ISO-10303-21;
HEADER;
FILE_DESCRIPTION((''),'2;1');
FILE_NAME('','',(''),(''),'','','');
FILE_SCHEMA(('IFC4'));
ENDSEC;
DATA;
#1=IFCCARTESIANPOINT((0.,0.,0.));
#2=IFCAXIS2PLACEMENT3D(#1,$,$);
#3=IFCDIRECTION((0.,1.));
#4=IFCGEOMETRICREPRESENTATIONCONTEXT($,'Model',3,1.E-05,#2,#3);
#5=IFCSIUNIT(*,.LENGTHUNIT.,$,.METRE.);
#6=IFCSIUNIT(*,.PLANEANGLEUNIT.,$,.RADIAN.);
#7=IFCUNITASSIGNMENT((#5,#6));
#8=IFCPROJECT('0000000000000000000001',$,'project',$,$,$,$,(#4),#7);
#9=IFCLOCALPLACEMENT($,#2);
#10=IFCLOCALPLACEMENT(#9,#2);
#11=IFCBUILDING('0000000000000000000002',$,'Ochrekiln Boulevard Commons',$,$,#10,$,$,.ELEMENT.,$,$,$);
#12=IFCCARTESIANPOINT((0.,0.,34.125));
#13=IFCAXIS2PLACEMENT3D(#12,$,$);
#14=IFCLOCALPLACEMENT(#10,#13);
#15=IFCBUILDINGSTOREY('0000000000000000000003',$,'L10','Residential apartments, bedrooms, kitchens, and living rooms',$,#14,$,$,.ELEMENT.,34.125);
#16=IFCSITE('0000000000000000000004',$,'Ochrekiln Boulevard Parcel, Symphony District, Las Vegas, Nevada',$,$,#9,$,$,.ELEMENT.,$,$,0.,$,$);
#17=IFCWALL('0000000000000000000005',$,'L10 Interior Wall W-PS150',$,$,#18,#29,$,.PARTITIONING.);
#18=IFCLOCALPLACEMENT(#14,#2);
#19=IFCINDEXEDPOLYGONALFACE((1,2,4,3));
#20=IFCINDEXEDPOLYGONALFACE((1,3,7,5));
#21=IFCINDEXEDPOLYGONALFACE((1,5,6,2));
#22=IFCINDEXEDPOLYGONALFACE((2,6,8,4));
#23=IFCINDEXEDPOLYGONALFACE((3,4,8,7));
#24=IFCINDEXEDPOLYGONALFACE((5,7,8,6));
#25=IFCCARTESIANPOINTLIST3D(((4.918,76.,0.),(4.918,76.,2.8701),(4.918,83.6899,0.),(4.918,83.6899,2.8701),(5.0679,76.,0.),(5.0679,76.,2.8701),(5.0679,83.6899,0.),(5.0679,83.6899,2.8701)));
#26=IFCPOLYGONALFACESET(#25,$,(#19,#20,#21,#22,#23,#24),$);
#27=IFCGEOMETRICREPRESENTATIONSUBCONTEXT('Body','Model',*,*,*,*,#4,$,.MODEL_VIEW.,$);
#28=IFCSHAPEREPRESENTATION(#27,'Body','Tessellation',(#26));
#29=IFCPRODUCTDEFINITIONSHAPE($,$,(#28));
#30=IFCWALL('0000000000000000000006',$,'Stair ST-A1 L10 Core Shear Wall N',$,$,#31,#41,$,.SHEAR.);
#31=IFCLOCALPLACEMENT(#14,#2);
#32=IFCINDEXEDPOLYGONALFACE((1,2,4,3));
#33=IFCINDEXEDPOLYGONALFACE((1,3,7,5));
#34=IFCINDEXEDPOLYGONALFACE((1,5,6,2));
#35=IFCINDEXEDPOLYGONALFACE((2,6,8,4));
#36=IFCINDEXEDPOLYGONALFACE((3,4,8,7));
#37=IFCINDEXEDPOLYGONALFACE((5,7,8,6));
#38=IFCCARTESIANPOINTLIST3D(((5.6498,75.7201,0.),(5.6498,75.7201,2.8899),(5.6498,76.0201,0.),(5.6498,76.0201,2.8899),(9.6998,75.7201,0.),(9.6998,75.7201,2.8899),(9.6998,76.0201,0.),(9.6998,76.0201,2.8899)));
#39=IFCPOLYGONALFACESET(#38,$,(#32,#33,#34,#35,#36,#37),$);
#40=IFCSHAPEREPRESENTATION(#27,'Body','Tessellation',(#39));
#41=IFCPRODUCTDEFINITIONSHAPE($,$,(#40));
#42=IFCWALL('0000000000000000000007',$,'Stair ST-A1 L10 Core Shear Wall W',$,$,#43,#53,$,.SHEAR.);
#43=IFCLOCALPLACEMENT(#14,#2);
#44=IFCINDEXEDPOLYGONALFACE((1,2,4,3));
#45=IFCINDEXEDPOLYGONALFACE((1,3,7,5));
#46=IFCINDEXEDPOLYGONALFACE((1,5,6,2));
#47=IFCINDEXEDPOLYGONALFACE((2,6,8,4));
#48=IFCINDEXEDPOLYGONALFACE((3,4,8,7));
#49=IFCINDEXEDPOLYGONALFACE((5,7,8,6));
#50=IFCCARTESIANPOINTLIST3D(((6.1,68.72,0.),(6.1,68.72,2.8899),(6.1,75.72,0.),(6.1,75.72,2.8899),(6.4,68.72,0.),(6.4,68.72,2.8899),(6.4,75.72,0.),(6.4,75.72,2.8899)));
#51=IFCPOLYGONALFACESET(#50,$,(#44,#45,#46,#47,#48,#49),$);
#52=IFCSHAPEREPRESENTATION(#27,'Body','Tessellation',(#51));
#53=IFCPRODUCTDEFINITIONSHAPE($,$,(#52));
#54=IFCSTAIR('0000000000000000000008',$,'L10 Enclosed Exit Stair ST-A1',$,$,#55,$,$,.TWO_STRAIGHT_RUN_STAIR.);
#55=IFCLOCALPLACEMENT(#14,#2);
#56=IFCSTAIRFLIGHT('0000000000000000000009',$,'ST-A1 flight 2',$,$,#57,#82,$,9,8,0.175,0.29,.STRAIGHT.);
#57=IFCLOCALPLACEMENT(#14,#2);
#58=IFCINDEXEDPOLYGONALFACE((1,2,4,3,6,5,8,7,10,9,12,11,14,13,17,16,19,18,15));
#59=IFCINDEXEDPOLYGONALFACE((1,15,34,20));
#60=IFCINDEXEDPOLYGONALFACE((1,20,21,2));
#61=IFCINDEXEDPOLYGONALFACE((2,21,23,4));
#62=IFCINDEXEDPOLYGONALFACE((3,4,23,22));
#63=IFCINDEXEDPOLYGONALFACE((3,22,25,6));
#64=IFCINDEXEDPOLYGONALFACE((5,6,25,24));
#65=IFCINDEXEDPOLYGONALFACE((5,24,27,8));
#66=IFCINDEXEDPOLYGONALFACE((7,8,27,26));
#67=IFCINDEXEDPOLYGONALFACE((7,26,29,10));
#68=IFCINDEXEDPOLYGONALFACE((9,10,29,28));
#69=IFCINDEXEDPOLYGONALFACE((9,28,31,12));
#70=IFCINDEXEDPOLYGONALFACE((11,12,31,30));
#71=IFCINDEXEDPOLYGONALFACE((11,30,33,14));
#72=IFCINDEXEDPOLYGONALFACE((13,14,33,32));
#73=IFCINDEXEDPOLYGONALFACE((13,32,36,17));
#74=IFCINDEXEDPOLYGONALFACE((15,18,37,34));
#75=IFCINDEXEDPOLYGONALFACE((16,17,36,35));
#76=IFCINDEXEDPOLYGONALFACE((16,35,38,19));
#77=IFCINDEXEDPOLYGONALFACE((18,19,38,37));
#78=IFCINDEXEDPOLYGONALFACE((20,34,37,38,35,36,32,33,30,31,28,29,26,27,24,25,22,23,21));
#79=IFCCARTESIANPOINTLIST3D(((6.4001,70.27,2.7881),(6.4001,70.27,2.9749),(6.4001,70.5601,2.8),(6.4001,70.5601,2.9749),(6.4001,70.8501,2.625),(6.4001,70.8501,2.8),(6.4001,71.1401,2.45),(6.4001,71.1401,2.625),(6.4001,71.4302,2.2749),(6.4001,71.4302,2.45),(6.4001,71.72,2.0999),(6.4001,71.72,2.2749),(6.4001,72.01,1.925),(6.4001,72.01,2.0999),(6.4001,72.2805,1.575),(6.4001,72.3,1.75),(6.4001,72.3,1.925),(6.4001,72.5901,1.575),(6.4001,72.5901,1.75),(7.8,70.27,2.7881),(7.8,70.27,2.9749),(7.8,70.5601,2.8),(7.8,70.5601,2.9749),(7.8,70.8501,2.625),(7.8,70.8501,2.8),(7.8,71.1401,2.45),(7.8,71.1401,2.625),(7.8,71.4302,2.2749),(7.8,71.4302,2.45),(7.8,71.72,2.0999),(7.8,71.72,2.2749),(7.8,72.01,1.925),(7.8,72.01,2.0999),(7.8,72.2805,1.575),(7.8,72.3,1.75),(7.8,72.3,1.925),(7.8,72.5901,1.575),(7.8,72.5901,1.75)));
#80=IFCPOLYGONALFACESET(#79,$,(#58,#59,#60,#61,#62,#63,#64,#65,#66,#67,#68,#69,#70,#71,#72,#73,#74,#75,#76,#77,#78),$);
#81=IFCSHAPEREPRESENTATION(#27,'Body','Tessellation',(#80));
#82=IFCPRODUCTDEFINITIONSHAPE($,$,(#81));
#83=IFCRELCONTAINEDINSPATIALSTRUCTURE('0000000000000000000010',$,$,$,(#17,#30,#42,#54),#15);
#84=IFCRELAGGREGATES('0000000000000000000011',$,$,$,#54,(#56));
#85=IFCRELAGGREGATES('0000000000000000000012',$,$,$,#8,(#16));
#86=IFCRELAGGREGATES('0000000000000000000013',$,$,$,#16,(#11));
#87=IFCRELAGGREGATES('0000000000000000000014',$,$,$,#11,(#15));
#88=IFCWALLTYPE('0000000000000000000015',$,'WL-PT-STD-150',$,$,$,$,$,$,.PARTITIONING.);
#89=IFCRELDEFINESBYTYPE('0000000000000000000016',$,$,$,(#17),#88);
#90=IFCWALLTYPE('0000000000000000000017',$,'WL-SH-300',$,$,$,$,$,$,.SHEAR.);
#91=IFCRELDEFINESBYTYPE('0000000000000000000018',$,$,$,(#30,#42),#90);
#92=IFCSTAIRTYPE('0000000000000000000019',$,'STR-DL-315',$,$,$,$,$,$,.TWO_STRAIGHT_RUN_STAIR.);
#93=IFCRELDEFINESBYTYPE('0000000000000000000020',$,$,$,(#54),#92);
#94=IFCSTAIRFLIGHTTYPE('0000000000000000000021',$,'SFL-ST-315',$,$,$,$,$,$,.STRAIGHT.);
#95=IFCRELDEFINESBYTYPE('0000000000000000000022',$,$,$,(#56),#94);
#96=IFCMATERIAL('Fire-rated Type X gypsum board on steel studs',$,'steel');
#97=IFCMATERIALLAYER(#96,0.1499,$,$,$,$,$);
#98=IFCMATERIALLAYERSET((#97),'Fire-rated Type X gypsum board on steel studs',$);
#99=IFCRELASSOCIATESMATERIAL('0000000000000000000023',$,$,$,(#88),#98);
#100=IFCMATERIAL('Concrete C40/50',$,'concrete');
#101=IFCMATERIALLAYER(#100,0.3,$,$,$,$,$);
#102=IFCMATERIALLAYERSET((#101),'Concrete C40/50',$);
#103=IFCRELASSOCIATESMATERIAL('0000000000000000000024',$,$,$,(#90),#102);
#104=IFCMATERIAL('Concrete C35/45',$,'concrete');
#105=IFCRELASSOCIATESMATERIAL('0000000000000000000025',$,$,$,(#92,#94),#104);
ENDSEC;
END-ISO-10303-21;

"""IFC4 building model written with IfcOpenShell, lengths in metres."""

from ifc_helpers import new_model, si_unit, direction, frame, frame_2d, origin, place, context, subcontext, project, spatial, polyline, rectangle, outline, extrude, material, layer, layer_set, type_object, element, aggregate, save


model = new_model("IFC4")

# Units and contexts
model_context = context("Model", 3, precision=1e-05, world=origin(), true_north=direction((0.0, 1.0)))
body_context = subcontext(model_context, "Body", "Model", "MODEL_VIEW")
ifc_project = project(units=[si_unit("LENGTHUNIT", "METRE"), si_unit("PLANEANGLEUNIT", "RADIAN")], contexts=[model_context])

# Site, building, storey
site_placement = place(None, origin())
site = spatial("IfcSite", under=ifc_project, at=site_placement, Name="Ochrekiln Boulevard Parcel, Symphony District, Las Vegas, Nevada", CompositionType="ELEMENT", RefElevation=0.0)
building_placement = place(site_placement, origin())
building = spatial("IfcBuilding", under=site, at=building_placement, Name="Ochrekiln Boulevard Commons", CompositionType="ELEMENT")
storey_placement = place(building_placement, frame((0.0, 0.0, 34.125)))
storey = spatial("IfcBuildingStorey", under=building, at=storey_placement, Name="L10", Description="Residential apartments, bedrooms, kitchens, and living rooms", CompositionType="ELEMENT", Elevation=34.125)

# Shared definitions
ifc_material_1 = material(Name="Concrete C35/45", Category="concrete")

# Shared definitions
ifc_material_2 = material(Name="Concrete C40/50", Category="concrete")

# Walls
ifc_material_3 = material(Name="Fire-rated Type X gypsum board on steel studs", Category="steel")
ifc_layer_1 = layer(ifc_material_3, 0.1499)
ifc_layer_set_1 = layer_set([ifc_layer_1], Name="Fire-rated Type X gypsum board on steel studs")
wall_type_1 = type_object("IfcWallType", Name="WL-PT-STD-150", PredefinedType="PARTITIONING", material=ifc_layer_set_1)
wall_1_placement = place(storey_placement, frame((4.9929, 76.0, 0.0), z_axis=(0.0, 0.0, 1.0), x_axis=(0.0, 1.0, 0.0)))
element("IfcWall", 1, at=wall_1_placement, inside=storey, type_object=wall_type_1, Name="L10 Interior Wall W-PS150", PredefinedType="PARTITIONING", context=body_context, shape_type="SweptSolid", body=[
    extrude(rectangle(XDim=7.6899, YDim=0.1499, at=frame_2d((3.845, 0.0))), origin(), (0.0, 0.0, 1.0), 2.8701),
])
ifc_layer_2 = layer(ifc_material_2, 0.3)
ifc_layer_set_2 = layer_set([ifc_layer_2], Name="Concrete C40/50")
wall_type_2 = type_object("IfcWallType", Name="WL-SH-300", PredefinedType="SHEAR", material=ifc_layer_set_2)
wall_2_placement = place(storey_placement, frame((5.6499, 75.8701, 0.0), z_axis=(0.0, 0.0, 1.0), x_axis=(1.0, 0.0, 0.0)))
element("IfcWall", 2, at=wall_2_placement, inside=storey, type_object=wall_type_2, Name="Stair ST-A1 L10 Core Shear Wall N", PredefinedType="SHEAR", context=body_context, shape_type="SweptSolid", body=[
    extrude(rectangle(XDim=4.05, YDim=0.3, at=frame_2d((2.0249, 0.0))), origin(), (0.0, 0.0, 1.0), 2.8899),
])
wall_3_placement = place(storey_placement, frame((6.25, 68.72, 0.0), z_axis=(0.0, 0.0, 1.0), x_axis=(0.0, 1.0, 0.0)))
element("IfcWall", 3, at=wall_3_placement, inside=storey, type_object=wall_type_2, Name="Stair ST-A1 L10 Core Shear Wall W", PredefinedType="SHEAR", context=body_context, shape_type="SweptSolid", body=[
    extrude(rectangle(XDim=7.0, YDim=0.3, at=frame_2d((3.5, 0.0))), origin(), (0.0, 0.0, 1.0), 2.8899),
])

# Stair, stair flight
stair_type = type_object("IfcStairType", Name="STR-DL-315", PredefinedType="TWO_STRAIGHT_RUN_STAIR", material=ifc_material_1)
stair_placement = place(storey_placement, origin())
stair = element("IfcStair", 4, at=stair_placement, inside=storey, type_object=stair_type, Name="L10 Enclosed Exit Stair ST-A1", PredefinedType="TWO_STRAIGHT_RUN_STAIR")
stair_flight_type = type_object("IfcStairFlightType", Name="SFL-ST-315", PredefinedType="STRAIGHT", material=ifc_material_1)
stair_flight_placement = place(storey_placement, frame((7.1001, 72.5901, 1.575), z_axis=(0.0, 0.0, 1.0), x_axis=(0.0, -1.0, 0.0)))
stair_flight = element("IfcStairFlight", 5, at=stair_flight_placement, type_object=stair_flight_type, Name="ST-A1 flight 2", NumberOfRisers=9, NumberOfTreads=8, PredefinedType="STRAIGHT", RiserHeight=0.175, TreadLength=0.29, context=body_context, shape_type="SweptSolid", body=[
    extrude(outline(polyline([(0.0, 0.0), (0.0, 0.175), (0.29, 0.175), (0.29, 0.3501), (0.5801, 0.3501), (0.5801, 0.5249), (0.8701, 0.5249), (0.8701, 0.7), (1.1599, 0.7), (1.1599, 0.875), (1.45, 0.875), (1.45, 1.05), (1.74, 1.05), (1.74, 1.2251), (2.03, 1.2251), (2.03, 1.3999), (2.3201, 1.3999), (2.3201, 1.575), (2.3201, 1.2131), (0.3096, 0.0), (0.0, 0.0)])), frame((0.0, 0.7, 0.0), z_axis=(0.0, -1.0, 0.0), x_axis=(1.0, 0.0, 0.0)), (0.0, 0.0, 1.0), 1.3999),
])
aggregate(stair, [stair_flight])

save(model, "model.ifc")
